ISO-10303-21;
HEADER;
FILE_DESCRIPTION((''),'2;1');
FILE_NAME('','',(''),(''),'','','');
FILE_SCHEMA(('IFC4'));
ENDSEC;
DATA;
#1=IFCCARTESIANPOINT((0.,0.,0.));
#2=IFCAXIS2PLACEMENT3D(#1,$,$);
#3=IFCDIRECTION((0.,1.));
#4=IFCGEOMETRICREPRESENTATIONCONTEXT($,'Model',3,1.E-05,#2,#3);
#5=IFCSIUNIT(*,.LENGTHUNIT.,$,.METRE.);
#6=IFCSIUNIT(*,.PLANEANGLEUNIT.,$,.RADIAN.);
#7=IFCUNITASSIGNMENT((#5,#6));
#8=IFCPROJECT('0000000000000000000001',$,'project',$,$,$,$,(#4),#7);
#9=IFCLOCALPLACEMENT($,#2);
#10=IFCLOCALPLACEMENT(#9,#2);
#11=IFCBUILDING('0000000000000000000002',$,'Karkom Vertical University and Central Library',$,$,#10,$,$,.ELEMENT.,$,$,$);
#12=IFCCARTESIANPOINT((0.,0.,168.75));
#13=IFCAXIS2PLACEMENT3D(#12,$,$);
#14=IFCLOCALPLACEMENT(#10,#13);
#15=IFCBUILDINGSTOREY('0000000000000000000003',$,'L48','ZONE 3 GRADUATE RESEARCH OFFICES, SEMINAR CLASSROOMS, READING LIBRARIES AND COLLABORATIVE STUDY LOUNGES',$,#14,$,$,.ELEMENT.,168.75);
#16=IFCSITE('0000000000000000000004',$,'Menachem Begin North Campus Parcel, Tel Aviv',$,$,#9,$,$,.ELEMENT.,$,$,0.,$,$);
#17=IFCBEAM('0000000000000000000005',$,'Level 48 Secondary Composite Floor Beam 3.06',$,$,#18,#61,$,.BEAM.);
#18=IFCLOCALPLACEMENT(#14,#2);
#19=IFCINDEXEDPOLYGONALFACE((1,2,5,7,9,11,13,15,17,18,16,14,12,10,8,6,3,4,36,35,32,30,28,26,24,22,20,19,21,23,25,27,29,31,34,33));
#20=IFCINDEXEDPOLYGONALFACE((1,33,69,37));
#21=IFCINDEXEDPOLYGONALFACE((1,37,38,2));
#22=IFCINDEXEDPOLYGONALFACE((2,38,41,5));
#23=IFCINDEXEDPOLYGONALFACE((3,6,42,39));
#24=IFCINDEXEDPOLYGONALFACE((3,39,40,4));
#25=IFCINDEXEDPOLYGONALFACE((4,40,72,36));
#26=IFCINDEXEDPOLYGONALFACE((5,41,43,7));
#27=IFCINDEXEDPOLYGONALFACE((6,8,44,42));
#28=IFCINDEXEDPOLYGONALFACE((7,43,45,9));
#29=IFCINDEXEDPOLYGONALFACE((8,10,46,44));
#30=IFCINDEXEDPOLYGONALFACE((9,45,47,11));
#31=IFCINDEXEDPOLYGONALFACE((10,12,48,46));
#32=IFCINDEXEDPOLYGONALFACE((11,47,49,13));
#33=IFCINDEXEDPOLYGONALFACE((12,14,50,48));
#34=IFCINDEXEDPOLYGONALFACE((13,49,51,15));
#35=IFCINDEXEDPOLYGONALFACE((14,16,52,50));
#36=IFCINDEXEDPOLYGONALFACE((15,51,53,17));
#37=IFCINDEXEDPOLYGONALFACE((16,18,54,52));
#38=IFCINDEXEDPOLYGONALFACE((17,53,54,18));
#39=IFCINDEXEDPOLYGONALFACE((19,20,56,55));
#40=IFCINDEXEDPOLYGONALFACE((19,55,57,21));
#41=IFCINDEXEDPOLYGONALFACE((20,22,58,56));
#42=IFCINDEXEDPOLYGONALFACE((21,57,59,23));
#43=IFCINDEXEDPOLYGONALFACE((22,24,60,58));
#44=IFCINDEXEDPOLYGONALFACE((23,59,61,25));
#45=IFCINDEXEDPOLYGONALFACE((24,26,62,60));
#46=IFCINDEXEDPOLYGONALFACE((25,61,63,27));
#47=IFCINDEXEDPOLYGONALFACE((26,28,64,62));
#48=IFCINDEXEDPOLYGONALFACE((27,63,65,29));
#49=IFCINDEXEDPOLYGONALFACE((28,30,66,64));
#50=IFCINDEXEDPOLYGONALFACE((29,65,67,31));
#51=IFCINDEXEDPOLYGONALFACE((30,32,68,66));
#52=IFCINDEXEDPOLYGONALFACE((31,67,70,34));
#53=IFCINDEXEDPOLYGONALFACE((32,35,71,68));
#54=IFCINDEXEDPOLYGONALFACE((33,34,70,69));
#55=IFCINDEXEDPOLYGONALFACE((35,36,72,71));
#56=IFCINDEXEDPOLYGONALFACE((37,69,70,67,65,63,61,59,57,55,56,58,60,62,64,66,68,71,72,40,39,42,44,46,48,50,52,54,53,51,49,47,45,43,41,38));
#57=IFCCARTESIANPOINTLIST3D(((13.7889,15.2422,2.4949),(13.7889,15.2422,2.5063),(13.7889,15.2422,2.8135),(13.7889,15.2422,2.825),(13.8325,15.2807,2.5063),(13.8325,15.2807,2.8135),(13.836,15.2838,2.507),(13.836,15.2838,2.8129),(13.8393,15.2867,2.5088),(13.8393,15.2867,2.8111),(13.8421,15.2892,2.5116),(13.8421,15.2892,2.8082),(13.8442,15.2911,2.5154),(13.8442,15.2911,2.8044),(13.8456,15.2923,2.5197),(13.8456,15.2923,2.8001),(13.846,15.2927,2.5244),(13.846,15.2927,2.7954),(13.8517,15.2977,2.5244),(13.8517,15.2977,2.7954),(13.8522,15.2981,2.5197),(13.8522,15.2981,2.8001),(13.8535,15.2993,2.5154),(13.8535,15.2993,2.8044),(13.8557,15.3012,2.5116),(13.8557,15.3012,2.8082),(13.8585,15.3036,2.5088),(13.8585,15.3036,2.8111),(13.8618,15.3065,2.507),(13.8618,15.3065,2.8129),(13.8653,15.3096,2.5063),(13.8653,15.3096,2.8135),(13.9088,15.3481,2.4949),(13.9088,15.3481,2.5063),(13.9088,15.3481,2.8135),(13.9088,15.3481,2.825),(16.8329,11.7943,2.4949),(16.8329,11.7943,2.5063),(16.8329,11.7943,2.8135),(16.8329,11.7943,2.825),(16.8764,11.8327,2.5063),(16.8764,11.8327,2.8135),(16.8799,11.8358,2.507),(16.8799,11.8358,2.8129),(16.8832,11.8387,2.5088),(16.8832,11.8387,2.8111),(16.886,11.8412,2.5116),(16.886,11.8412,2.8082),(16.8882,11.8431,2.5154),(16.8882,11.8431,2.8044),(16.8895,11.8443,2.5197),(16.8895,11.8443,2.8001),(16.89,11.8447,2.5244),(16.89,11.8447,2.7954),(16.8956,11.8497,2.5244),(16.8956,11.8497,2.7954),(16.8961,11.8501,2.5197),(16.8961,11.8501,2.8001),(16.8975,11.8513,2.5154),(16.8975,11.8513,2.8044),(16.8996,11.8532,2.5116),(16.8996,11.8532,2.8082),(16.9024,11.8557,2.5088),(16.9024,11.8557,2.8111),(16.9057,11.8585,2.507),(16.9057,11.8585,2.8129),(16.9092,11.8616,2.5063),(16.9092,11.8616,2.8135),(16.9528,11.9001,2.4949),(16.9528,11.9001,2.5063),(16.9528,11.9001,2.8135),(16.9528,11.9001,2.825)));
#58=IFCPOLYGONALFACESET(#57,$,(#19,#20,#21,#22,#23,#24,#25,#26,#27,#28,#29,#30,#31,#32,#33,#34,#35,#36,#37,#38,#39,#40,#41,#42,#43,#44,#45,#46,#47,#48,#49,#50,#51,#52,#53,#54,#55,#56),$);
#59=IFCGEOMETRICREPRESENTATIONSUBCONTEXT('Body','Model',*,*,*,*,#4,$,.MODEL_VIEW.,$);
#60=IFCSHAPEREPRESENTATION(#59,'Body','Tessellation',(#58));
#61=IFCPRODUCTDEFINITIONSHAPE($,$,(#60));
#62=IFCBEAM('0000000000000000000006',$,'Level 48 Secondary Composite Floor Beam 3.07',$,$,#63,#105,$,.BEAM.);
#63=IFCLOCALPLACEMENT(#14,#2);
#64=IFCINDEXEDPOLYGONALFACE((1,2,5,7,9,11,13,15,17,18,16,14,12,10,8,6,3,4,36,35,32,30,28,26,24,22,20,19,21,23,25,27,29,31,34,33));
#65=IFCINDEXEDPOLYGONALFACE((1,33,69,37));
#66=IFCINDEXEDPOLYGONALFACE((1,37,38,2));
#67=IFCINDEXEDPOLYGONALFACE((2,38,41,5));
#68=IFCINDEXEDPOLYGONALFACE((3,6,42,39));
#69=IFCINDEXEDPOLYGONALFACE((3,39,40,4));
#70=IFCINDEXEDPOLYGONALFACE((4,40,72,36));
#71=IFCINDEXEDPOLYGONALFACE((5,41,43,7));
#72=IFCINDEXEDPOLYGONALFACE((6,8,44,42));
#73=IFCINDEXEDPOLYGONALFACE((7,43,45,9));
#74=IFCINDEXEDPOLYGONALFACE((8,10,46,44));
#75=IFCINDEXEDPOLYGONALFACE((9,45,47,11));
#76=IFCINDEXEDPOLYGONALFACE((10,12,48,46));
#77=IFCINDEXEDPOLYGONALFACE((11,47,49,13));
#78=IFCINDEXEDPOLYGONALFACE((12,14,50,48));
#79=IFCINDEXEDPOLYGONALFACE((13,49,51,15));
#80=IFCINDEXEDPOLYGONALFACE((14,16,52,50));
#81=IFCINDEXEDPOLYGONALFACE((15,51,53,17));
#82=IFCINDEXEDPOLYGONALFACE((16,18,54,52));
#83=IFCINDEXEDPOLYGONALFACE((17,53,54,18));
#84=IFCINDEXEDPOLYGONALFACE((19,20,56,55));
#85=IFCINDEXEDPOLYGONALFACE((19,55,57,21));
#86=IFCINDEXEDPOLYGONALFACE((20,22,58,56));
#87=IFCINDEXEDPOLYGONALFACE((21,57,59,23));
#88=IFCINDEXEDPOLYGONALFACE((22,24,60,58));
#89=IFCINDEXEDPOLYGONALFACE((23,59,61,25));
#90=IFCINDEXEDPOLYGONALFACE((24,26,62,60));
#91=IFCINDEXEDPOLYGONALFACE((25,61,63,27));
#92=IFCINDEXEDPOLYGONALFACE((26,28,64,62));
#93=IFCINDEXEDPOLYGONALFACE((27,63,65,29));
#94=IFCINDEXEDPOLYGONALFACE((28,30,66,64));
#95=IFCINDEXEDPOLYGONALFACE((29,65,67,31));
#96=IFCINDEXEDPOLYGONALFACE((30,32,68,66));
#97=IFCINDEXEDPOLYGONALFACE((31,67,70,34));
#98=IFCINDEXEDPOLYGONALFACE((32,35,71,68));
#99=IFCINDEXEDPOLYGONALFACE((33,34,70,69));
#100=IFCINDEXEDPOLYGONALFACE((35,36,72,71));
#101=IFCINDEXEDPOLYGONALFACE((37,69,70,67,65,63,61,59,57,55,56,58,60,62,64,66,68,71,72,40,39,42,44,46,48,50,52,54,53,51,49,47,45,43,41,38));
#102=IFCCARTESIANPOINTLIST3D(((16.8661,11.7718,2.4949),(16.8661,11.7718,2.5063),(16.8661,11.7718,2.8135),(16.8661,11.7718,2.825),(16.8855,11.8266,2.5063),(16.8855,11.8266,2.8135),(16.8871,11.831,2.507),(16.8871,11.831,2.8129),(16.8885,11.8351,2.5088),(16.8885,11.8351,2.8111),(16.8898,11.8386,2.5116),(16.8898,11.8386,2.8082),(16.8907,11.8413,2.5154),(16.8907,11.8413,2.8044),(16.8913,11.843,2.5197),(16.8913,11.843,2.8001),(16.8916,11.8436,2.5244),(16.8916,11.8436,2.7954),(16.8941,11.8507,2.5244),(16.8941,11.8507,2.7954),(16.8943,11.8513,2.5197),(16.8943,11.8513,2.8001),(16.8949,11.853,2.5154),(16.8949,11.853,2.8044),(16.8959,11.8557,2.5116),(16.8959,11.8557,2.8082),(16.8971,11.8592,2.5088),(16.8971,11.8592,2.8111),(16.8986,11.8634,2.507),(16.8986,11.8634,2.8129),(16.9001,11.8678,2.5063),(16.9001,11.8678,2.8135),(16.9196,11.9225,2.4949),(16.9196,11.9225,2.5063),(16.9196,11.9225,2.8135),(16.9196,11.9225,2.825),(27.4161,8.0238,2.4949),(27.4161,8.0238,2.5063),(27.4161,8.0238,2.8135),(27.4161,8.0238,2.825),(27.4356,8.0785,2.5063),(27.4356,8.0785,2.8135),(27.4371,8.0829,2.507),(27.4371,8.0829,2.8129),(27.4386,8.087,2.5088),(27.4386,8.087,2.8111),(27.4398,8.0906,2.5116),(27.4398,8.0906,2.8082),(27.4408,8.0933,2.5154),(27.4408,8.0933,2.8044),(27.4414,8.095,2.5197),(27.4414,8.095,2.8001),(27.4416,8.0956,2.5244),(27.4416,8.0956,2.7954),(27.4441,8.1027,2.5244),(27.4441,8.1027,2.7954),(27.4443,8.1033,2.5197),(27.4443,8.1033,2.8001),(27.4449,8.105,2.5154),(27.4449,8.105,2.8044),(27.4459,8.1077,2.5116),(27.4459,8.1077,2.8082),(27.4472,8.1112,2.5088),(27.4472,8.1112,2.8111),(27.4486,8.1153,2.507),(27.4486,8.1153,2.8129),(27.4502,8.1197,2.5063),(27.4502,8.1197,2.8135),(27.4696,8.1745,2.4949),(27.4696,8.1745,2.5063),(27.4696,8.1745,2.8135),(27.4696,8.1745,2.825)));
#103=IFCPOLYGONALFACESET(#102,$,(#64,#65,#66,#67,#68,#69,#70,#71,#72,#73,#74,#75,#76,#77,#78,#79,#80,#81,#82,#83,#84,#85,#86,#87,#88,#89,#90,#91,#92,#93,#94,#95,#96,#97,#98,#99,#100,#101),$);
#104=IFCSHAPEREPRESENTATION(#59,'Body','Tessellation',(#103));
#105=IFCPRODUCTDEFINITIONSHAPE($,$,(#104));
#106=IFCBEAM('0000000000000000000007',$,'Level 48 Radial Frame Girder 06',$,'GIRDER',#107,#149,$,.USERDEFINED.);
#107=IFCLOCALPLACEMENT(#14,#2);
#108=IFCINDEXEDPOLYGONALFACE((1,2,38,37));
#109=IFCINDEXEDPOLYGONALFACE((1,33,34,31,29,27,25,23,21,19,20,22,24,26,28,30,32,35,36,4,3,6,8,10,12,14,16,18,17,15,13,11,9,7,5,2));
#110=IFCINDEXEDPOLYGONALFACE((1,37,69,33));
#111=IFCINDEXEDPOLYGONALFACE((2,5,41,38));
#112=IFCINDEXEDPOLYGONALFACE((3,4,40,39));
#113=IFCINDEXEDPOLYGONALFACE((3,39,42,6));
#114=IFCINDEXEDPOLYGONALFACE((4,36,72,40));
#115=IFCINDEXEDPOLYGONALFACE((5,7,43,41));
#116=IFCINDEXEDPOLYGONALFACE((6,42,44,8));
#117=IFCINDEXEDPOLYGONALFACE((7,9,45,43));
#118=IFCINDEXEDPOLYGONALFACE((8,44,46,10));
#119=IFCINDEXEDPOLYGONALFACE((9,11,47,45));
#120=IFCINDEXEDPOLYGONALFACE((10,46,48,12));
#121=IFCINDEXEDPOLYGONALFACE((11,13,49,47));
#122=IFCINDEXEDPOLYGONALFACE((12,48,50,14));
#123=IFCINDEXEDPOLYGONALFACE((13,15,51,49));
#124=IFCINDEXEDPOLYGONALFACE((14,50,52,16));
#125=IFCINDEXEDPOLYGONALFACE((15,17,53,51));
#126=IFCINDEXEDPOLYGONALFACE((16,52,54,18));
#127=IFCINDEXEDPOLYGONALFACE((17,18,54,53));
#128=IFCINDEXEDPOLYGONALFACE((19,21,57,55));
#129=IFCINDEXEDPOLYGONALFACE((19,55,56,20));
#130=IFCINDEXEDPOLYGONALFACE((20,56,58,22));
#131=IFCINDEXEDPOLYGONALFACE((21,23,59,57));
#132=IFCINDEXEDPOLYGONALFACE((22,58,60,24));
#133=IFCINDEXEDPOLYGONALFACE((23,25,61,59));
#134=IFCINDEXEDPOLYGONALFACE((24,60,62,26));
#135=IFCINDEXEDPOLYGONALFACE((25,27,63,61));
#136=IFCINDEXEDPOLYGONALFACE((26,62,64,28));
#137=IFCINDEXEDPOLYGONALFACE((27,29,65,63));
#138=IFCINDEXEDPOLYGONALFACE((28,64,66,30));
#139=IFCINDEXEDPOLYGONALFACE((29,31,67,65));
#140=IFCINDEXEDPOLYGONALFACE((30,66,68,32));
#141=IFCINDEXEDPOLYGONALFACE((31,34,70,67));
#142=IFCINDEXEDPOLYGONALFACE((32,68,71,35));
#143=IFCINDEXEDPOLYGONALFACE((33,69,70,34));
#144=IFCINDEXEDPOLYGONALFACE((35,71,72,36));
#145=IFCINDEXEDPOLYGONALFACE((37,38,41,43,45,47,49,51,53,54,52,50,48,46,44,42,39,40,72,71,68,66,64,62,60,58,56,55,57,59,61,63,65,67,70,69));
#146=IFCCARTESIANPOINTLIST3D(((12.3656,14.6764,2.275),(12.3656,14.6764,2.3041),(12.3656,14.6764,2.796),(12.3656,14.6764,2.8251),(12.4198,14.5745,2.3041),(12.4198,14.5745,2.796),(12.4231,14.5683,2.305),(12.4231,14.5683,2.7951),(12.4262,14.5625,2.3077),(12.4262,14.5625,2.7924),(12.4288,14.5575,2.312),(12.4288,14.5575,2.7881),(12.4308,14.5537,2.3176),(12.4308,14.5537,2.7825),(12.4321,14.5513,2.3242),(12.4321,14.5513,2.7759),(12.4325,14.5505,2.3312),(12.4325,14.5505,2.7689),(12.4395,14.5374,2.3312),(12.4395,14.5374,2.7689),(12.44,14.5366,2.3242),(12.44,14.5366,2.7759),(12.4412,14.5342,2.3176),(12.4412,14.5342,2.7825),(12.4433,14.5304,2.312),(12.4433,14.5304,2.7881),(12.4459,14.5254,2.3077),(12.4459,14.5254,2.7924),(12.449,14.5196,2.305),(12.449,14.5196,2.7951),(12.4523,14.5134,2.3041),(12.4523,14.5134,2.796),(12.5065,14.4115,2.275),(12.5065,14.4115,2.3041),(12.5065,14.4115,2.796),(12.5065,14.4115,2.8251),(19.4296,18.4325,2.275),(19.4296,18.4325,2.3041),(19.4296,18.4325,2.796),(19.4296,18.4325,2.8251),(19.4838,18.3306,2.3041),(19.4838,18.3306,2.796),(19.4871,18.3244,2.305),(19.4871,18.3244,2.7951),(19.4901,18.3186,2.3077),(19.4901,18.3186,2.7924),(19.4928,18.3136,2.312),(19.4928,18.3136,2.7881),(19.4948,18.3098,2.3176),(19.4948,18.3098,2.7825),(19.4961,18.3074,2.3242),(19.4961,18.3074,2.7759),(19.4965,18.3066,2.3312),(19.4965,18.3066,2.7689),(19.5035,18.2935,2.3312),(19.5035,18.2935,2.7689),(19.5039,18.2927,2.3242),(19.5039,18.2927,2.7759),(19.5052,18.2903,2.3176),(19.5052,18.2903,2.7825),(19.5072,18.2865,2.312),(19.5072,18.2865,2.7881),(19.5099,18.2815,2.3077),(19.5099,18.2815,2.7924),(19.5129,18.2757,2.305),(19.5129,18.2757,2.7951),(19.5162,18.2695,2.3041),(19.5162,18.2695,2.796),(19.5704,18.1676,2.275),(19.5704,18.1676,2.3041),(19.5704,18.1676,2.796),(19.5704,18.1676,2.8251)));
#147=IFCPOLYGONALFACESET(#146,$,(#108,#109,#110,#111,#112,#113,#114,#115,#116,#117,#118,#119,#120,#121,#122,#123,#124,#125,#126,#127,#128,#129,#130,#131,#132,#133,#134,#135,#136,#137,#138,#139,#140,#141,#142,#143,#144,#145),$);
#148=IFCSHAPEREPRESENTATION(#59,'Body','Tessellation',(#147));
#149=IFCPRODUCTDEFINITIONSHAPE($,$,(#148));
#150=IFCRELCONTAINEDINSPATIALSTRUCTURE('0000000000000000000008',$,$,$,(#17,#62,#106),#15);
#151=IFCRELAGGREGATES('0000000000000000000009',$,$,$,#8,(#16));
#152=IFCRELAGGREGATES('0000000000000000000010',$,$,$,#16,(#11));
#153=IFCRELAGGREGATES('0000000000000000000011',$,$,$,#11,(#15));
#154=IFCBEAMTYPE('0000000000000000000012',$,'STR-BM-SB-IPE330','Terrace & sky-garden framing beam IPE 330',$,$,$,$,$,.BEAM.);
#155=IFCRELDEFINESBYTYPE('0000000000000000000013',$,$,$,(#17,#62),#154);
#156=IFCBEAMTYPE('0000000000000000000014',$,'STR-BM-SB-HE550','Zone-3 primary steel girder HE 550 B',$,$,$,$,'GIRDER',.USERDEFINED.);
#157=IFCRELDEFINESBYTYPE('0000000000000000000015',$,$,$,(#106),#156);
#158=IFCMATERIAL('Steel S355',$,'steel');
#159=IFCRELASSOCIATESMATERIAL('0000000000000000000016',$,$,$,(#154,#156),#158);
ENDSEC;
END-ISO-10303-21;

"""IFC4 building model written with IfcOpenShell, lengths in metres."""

from ifc_helpers import new_model, si_unit, direction, frame, origin, origin_with_axes, origin_2d, place, context, subcontext, project, spatial, i_section, extrude, source, transform, mapped, material, material_profile, profile_set, type_object, element, save


model = new_model("IFC4")

# Units and contexts
model_context = context("Model", 3, precision=1e-05, world=origin(), true_north=direction((0.0, 1.0)))
body_context = subcontext(model_context, "Body", "Model", "MODEL_VIEW")
ifc_project = project(units=[si_unit("LENGTHUNIT", "METRE"), si_unit("PLANEANGLEUNIT", "RADIAN")], contexts=[model_context])

# Site, building, storey
site_placement = place(None, origin())
site = spatial("IfcSite", under=ifc_project, at=site_placement, Name="Menachem Begin North Campus Parcel, Tel Aviv", CompositionType="ELEMENT", RefElevation=0.0)
building_placement = place(site_placement, origin())
building = spatial("IfcBuilding", under=site, at=building_placement, Name="Karkom Vertical University and Central Library", CompositionType="ELEMENT")
storey_placement = place(building_placement, frame((0.0, 0.0, 168.75)))
storey = spatial("IfcBuildingStorey", under=building, at=storey_placement, Name="L48", Description="ZONE 3 GRADUATE RESEARCH OFFICES, SEMINAR CLASSROOMS, READING LIBRARIES AND COLLABORATIVE STUDY LOUNGES", CompositionType="ELEMENT", Elevation=168.75)

# Beams
ifc_material_1 = material(Name="Steel S355", Category="steel")
ifc_material_profile_1 = material_profile(ifc_material_1, i_section(OverallWidth=0.1599, OverallDepth=0.3301, WebThickness=0.0076, FlangeThickness=0.0115, FilletRadius=0.0181, at=origin_2d()), Name="IPE 330")
ifc_profile_set_1 = profile_set([ifc_material_profile_1], Name="Steel S355")
beam_type_1 = type_object("IfcBeamType", Name="STR-BM-SB-IPE330", Description="Terrace & sky-garden framing beam IPE 330", PredefinedType="BEAM", material=ifc_profile_set_1)
shared_shape_1 = source(origin_with_axes(), body_context, "Body", "SweptSolid", [
    extrude(i_section(OverallWidth=0.1599, OverallDepth=0.3301, WebThickness=0.0076, FlangeThickness=0.0115, FilletRadius=0.0181, at=origin_2d()), origin(), (0.0, 0.0, 1.0), 4.5994),
])
beam_1_placement = place(storey_placement, frame((13.8489, 15.2952, 2.6599), z_axis=(0.661816, -0.749666, 0.0), x_axis=(0.749666, 0.661816, 0.0)))
element("IfcBeam", 1, at=beam_1_placement, inside=storey, type_object=beam_type_1, Name="Level 48 Secondary Composite Floor Beam 3.06", PredefinedType="BEAM", context=body_context, shape_type="MappedRepresentation", body=[
    mapped(shared_shape_1, transform((0.0, 0.0, 0.0), scale=1.0)),
])
shared_shape_2 = source(origin_with_axes(), body_context, "Body", "SweptSolid", [
    extrude(i_section(OverallWidth=0.1599, OverallDepth=0.3301, WebThickness=0.0076, FlangeThickness=0.0115, FilletRadius=0.0181, at=origin_2d()), origin(), (0.0, 0.0, 1.0), 11.196),
])
beam_2_placement = place(storey_placement, frame((16.8928, 11.8472, 2.6599), z_axis=(0.942302, -0.334765, 0.0), x_axis=(0.334765, 0.942302, 0.0)))
element("IfcBeam", 2, at=beam_2_placement, inside=storey, type_object=beam_type_1, Name="Level 48 Secondary Composite Floor Beam 3.07", PredefinedType="BEAM", context=body_context, shape_type="MappedRepresentation", body=[
    mapped(shared_shape_2, transform((0.0, 0.0, 0.0), scale=1.0)),
])
ifc_material_profile_2 = material_profile(ifc_material_1, i_section(OverallWidth=0.3, OverallDepth=0.55, WebThickness=0.0149, FlangeThickness=0.0291, FilletRadius=0.0271, at=origin_2d()), Name="HE 550 B")
ifc_profile_set_2 = profile_set([ifc_material_profile_2], Name="Steel S355")
beam_type_2 = type_object("IfcBeamType", Name="STR-BM-SB-HE550", Description="Zone-3 primary steel girder HE 550 B", ElementType="GIRDER", PredefinedType="USERDEFINED", material=ifc_profile_set_2)
shared_shape_3 = source(origin_with_axes(), body_context, "Body", "SweptSolid", [
    extrude(i_section(OverallWidth=0.3, OverallDepth=0.55, WebThickness=0.0149, FlangeThickness=0.0291, FilletRadius=0.0271, at=origin_2d()), origin(), (0.0, 0.0, 1.0), 8.0005),
])
beam_3_placement = place(storey_placement, frame((19.5, 18.3, 2.55), z_axis=(-0.882941, -0.469484, 0.0), x_axis=(0.469484, -0.882941, 0.0)))
element("IfcBeam", 3, at=beam_3_placement, inside=storey, type_object=beam_type_2, Name="Level 48 Radial Frame Girder 06", ObjectType="GIRDER", PredefinedType="USERDEFINED", context=body_context, shape_type="MappedRepresentation", body=[
    mapped(shared_shape_3, transform((0.0, 0.0, 0.0), scale=1.0)),
])

save(model, "model.ifc")
